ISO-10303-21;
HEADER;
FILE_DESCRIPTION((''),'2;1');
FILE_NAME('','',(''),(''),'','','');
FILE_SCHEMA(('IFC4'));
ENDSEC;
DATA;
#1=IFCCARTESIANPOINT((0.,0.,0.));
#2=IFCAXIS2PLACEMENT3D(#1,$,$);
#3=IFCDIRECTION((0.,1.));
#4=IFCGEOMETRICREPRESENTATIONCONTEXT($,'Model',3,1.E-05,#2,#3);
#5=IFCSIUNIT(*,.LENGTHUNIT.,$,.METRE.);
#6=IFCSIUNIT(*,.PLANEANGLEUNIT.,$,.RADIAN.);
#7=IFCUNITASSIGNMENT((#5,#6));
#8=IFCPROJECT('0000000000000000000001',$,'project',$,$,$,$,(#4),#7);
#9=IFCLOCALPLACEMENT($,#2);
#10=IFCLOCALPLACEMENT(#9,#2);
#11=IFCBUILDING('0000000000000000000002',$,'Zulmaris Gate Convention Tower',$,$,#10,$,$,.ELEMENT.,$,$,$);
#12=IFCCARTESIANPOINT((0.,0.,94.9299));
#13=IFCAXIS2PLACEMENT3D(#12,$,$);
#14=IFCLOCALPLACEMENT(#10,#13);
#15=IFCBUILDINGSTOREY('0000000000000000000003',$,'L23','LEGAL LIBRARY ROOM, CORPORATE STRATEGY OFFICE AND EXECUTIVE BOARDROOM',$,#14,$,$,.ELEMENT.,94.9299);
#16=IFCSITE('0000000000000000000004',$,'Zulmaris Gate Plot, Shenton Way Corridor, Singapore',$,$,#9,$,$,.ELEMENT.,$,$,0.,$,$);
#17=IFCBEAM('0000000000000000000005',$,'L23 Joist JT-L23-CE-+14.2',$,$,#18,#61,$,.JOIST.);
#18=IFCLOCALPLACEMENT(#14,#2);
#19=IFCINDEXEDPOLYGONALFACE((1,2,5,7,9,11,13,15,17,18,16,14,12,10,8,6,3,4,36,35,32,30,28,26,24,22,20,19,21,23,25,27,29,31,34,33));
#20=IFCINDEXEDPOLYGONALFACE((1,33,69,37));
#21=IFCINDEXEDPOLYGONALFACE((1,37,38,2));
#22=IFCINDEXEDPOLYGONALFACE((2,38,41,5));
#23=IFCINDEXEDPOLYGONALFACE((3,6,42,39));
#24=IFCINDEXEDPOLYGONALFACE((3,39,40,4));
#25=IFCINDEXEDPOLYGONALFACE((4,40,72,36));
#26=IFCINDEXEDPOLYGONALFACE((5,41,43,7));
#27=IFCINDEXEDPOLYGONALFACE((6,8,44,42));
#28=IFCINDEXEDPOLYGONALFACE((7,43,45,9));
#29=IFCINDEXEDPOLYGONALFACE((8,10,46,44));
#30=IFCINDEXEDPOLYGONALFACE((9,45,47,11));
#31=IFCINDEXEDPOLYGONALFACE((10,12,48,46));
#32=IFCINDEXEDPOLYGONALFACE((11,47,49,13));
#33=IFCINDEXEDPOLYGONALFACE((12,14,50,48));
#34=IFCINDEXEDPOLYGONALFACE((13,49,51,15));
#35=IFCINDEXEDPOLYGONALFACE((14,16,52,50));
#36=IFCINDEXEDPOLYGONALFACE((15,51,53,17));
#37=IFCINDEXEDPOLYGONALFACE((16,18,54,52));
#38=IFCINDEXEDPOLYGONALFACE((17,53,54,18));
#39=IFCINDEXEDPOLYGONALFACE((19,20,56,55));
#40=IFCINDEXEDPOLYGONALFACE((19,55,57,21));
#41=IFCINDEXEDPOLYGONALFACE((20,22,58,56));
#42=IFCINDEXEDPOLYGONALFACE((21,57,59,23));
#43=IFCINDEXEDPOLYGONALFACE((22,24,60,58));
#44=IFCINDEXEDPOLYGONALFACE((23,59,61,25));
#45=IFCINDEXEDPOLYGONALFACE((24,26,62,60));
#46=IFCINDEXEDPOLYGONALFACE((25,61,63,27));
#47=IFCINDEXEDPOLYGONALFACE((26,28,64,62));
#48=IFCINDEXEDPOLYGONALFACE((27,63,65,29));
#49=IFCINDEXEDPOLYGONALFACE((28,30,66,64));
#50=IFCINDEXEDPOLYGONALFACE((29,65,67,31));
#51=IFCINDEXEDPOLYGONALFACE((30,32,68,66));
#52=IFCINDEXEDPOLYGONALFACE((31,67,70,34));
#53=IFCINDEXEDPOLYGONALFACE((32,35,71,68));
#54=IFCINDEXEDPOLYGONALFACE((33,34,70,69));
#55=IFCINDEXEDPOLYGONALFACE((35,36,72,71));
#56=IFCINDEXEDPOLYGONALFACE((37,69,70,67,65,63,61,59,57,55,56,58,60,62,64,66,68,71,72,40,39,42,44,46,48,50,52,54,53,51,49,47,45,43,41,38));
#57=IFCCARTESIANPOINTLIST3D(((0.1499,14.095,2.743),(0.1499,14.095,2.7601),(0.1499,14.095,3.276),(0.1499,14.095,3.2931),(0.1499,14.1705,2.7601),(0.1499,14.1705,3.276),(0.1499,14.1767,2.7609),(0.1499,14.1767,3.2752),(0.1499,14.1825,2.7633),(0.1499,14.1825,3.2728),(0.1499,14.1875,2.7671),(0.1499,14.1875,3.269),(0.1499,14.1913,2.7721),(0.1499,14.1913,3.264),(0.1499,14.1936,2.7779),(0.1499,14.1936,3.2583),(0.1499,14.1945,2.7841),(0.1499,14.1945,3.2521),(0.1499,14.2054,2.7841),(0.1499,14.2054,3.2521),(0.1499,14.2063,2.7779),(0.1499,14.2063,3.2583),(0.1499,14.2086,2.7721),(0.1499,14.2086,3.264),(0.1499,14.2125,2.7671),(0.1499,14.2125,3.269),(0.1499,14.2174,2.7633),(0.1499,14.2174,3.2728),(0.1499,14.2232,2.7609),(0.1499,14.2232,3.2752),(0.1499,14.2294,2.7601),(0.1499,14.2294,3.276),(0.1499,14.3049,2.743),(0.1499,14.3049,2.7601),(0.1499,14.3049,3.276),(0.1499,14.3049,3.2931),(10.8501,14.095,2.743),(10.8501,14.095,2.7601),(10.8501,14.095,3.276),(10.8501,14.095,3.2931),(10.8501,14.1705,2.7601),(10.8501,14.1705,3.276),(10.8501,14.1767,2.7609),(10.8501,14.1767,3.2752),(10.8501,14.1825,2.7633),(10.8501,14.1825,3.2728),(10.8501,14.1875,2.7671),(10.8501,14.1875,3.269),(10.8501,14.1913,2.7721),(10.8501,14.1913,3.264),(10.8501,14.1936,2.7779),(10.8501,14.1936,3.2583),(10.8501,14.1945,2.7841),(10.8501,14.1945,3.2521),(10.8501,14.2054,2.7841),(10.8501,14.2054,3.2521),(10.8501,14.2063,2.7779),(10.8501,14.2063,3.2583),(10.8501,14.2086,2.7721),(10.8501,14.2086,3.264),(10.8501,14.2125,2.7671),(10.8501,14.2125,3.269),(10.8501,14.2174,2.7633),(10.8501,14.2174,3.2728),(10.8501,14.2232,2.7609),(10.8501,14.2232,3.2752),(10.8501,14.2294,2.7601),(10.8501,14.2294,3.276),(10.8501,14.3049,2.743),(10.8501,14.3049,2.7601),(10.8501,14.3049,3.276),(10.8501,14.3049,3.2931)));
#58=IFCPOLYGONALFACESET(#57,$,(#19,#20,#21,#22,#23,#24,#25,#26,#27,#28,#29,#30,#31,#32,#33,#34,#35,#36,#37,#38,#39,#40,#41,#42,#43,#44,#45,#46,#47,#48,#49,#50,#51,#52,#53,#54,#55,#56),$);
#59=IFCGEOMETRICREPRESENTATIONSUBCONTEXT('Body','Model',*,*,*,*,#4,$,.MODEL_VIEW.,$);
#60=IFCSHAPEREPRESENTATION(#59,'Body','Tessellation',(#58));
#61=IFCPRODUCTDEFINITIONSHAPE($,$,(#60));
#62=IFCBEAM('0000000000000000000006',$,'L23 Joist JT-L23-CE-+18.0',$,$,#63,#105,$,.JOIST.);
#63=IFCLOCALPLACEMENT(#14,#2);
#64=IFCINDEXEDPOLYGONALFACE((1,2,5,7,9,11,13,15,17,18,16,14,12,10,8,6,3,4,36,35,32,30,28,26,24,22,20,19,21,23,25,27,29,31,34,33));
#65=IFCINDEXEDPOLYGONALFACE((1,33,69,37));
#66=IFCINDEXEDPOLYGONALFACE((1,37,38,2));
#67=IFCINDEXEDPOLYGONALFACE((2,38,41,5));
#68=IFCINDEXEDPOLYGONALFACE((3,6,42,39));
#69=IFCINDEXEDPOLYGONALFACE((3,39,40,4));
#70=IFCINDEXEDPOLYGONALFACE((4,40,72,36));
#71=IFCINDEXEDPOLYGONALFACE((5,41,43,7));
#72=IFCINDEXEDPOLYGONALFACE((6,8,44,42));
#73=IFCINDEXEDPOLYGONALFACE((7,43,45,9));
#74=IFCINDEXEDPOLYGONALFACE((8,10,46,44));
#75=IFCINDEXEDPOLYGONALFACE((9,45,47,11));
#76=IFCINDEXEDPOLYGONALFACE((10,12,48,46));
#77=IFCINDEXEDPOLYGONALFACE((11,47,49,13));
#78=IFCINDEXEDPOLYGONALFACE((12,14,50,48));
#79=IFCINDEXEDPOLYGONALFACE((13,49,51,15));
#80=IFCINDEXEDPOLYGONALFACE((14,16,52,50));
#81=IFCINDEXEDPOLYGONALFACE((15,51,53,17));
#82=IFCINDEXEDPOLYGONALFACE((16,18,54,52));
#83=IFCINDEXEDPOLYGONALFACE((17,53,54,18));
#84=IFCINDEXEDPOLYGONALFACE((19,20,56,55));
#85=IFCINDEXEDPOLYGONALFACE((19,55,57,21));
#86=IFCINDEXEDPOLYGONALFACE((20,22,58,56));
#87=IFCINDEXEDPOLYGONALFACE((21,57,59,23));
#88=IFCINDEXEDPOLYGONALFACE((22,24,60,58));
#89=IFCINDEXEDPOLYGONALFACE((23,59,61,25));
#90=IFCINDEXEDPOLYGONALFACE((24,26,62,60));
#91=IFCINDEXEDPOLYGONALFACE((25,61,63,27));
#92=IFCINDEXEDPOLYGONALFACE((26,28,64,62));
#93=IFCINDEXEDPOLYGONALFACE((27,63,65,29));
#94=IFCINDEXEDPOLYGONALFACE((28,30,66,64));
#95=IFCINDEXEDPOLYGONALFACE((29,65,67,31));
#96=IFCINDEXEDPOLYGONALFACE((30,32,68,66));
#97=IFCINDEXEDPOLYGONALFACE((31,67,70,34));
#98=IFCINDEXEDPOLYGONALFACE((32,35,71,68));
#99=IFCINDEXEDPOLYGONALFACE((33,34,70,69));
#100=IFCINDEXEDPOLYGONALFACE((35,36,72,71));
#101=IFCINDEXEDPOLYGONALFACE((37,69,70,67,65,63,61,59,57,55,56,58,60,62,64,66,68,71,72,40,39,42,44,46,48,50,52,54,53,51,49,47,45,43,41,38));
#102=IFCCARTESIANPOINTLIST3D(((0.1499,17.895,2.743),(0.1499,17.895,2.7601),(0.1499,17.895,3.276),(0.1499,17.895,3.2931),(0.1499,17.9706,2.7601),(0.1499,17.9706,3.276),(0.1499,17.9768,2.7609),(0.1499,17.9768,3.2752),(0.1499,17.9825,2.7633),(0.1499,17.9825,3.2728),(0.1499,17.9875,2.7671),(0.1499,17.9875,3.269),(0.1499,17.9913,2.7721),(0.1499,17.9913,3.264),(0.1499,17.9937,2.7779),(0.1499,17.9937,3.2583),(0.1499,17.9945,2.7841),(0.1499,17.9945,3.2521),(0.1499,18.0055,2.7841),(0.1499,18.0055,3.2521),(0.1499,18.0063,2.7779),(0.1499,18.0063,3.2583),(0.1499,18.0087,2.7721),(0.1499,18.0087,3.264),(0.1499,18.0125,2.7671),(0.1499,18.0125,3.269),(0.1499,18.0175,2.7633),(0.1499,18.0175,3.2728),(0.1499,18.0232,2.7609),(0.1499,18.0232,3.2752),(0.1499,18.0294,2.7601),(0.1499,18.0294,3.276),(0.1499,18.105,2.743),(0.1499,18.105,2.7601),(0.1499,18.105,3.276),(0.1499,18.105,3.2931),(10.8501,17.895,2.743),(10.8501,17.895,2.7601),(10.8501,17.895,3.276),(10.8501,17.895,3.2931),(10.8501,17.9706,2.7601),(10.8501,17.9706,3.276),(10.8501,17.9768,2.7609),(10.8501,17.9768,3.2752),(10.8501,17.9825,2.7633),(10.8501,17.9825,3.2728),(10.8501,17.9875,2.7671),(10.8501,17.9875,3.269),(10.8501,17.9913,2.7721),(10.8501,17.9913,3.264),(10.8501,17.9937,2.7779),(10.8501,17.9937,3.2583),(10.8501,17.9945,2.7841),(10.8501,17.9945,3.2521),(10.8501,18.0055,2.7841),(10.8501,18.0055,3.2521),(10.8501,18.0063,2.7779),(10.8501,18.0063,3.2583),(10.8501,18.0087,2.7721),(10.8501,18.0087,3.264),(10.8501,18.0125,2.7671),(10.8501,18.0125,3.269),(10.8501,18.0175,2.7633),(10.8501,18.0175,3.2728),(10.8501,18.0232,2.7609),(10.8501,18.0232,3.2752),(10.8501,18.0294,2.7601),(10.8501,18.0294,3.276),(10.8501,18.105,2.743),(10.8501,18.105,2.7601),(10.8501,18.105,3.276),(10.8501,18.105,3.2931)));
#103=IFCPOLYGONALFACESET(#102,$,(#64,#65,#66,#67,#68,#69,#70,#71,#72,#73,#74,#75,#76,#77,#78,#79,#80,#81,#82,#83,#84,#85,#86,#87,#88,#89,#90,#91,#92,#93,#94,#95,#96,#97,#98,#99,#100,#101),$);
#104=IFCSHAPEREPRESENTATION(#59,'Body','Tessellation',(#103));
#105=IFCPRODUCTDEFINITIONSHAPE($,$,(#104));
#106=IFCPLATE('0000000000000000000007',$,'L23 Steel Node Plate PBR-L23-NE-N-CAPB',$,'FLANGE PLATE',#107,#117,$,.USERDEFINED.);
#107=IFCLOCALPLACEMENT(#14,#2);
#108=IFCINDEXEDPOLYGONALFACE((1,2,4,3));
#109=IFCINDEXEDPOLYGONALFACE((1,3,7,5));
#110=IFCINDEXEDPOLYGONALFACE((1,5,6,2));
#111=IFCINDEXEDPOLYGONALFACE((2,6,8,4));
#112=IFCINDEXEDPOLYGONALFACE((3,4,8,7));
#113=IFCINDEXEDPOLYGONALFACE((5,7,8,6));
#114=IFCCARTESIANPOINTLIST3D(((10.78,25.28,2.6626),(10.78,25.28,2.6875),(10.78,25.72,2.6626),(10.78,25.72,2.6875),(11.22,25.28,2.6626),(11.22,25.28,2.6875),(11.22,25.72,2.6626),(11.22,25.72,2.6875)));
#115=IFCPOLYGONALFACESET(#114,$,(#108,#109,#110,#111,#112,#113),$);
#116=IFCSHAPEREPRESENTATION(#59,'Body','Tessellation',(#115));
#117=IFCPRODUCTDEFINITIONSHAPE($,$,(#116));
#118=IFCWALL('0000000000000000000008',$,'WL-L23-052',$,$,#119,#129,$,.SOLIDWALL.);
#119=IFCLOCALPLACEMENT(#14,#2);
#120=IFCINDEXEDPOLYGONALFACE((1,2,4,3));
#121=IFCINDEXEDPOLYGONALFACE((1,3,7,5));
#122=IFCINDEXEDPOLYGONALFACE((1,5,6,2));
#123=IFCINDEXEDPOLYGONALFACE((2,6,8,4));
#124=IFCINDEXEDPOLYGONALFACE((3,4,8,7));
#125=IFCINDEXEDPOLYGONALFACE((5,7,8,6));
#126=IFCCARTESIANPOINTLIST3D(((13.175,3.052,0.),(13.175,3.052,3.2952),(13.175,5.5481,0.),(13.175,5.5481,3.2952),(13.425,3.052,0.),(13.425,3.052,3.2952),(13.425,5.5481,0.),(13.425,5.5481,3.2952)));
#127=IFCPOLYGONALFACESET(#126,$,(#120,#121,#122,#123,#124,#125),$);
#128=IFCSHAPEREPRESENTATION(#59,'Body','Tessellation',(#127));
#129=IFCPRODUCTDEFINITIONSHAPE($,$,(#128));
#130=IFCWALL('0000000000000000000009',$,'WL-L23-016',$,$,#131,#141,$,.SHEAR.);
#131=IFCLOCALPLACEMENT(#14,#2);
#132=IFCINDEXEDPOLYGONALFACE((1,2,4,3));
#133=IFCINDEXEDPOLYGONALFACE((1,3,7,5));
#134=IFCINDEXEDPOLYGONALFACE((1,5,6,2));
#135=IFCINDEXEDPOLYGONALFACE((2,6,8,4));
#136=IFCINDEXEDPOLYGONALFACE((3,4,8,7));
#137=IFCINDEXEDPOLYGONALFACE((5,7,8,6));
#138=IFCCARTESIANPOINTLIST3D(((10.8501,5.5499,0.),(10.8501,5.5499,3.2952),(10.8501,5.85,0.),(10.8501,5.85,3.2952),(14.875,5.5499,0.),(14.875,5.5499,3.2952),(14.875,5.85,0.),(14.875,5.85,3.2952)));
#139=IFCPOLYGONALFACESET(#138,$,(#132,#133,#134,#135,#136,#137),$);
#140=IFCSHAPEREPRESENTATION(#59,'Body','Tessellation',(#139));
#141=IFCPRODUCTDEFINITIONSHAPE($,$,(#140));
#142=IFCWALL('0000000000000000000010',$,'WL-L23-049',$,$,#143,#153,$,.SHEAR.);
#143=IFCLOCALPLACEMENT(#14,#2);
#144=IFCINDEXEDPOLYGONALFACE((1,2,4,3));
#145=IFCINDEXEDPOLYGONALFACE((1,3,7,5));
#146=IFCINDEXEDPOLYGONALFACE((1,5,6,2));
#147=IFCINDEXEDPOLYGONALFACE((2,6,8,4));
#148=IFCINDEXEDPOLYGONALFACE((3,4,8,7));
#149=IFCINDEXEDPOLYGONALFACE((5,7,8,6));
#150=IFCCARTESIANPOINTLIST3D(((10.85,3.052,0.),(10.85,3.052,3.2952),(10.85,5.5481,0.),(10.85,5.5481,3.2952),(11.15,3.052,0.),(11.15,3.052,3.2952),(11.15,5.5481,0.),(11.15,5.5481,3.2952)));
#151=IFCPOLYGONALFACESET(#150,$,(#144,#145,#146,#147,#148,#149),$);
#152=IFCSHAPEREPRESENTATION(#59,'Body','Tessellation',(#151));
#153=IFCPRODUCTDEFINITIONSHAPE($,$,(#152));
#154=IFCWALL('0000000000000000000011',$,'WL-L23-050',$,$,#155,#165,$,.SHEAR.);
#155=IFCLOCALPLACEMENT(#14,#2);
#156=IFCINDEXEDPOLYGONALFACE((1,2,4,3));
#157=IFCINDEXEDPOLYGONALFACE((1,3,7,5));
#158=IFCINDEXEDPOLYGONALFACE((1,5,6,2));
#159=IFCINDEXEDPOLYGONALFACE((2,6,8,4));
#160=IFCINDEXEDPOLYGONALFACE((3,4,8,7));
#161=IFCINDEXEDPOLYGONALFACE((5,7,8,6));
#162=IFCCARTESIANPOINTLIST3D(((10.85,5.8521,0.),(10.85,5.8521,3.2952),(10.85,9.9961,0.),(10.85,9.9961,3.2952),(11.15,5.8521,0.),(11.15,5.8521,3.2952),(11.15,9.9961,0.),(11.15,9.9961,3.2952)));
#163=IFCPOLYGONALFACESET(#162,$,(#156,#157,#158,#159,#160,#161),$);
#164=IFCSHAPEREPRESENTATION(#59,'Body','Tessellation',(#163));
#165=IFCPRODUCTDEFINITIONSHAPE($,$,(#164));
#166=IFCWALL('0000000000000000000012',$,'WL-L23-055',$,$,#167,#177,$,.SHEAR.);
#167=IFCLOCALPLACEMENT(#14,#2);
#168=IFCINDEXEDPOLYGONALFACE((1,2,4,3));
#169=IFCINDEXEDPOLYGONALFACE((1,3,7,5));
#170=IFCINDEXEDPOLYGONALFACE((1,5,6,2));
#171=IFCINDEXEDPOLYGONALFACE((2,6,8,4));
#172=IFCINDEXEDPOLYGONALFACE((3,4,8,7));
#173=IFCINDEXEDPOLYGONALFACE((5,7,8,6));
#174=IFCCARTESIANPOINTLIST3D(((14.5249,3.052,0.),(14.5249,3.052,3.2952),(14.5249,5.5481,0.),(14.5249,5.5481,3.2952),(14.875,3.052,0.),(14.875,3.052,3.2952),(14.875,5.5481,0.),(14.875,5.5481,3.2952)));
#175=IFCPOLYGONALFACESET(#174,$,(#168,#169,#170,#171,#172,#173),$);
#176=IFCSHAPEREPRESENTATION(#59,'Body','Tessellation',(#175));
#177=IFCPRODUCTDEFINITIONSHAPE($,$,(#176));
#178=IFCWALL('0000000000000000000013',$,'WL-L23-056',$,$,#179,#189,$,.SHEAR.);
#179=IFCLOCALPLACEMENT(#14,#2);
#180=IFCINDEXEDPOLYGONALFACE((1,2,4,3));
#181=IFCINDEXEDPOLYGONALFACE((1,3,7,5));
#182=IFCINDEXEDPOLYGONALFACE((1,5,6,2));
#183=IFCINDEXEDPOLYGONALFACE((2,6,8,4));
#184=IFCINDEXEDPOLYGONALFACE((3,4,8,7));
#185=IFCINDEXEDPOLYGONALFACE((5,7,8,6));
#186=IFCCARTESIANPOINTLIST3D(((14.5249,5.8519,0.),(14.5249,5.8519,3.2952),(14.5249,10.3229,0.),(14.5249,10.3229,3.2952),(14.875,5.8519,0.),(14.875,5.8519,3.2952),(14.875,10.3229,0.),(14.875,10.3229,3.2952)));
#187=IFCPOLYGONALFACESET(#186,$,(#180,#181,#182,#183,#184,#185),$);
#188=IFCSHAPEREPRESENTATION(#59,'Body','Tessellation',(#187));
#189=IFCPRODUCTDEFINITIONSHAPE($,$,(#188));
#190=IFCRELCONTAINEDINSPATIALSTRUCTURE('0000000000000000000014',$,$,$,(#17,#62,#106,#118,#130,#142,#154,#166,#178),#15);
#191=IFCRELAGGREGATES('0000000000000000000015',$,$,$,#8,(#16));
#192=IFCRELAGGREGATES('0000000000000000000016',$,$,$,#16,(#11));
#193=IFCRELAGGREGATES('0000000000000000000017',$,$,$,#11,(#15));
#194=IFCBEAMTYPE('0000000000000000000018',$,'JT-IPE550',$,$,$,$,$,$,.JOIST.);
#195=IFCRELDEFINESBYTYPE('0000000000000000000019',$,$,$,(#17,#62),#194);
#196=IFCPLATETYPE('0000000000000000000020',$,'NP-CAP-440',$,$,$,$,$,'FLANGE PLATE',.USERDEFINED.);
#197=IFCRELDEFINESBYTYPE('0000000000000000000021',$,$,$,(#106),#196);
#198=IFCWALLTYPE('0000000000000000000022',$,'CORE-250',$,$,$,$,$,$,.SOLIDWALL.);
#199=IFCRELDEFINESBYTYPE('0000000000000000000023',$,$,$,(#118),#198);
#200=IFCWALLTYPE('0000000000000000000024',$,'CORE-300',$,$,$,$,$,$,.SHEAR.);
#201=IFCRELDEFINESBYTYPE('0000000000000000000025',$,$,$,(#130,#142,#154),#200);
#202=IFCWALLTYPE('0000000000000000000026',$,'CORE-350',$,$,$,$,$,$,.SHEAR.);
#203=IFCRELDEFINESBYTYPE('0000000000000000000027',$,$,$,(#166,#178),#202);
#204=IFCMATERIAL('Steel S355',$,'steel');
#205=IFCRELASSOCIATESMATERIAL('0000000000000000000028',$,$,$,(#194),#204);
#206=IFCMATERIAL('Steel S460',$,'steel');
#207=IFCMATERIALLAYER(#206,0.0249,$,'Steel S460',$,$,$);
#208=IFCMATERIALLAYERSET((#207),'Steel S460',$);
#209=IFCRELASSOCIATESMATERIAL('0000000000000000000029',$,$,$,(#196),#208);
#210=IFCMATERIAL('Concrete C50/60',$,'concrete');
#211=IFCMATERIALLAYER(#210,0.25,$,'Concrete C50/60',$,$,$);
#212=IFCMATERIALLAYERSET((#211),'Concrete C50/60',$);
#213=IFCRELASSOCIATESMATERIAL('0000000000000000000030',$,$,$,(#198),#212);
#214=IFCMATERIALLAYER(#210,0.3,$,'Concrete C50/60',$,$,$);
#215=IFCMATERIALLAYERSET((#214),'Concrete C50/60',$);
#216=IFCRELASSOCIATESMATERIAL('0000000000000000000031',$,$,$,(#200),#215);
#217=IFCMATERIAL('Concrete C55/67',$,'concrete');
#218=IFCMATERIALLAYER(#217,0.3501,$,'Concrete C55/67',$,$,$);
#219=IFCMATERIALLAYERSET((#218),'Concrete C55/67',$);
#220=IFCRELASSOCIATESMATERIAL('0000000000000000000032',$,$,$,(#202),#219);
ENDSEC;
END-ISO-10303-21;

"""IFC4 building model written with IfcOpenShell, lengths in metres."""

from ifc_helpers import new_model, si_unit, direction, frame, frame_2d, origin, origin_2d, place, context, subcontext, project, spatial, rectangle, i_section, extrude, material, layer, layer_set, material_profile, profile_set, type_object, element, save


model = new_model("IFC4")

# Units and contexts
model_context = context("Model", 3, precision=1e-05, world=origin(), true_north=direction((0.0, 1.0)))
body_context = subcontext(model_context, "Body", "Model", "MODEL_VIEW")
ifc_project = project(units=[si_unit("LENGTHUNIT", "METRE"), si_unit("PLANEANGLEUNIT", "RADIAN")], contexts=[model_context])

# Site, building, storey
site_placement = place(None, origin())
site = spatial("IfcSite", under=ifc_project, at=site_placement, Name="Zulmaris Gate Plot, Shenton Way Corridor, Singapore", CompositionType="ELEMENT", RefElevation=0.0)
building_placement = place(site_placement, origin())
building = spatial("IfcBuilding", under=site, at=building_placement, Name="Zulmaris Gate Convention Tower", CompositionType="ELEMENT")
storey_placement = place(building_placement, frame((0.0, 0.0, 94.9299)))
storey = spatial("IfcBuildingStorey", under=building, at=storey_placement, Name="L23", Description="LEGAL LIBRARY ROOM, CORPORATE STRATEGY OFFICE AND EXECUTIVE BOARDROOM", CompositionType="ELEMENT", Elevation=94.9299)

# Beams
ifc_material_1 = material(Name="Steel S355", Category="steel")
ifc_material_profile_1 = material_profile(ifc_material_1, i_section(OverallWidth=0.21, OverallDepth=0.55, WebThickness=0.011, FlangeThickness=0.0171, FilletRadius=0.0239, at=origin_2d()), Name="IPE 550")
ifc_profile_set_1 = profile_set([ifc_material_profile_1], Name="Steel S355")
beam_type_1 = type_object("IfcBeamType", Name="JT-IPE550", PredefinedType="JOIST", material=ifc_profile_set_1)
for number, where, z_axis, x_axis, name in (
    (1, (0.1499, 14.2, 3.0181), (1.0, 0.0, 0.0), (0.0, 1.0, 0.0), "L23 Joist JT-L23-CE-+14.2"),
    (2, (0.1499, 18.0, 3.0181), (1.0, 0.0, 0.0), (0.0, 1.0, 0.0), "L23 Joist JT-L23-CE-+18.0"),
):
    element("IfcBeam", number, at=place(storey_placement, frame(where, z_axis=z_axis, x_axis=x_axis)), inside=storey, type_object=beam_type_1, Name=name, PredefinedType="JOIST", context=body_context, shape_type="SweptSolid", body=[
        extrude(i_section(OverallWidth=0.21, OverallDepth=0.55, WebThickness=0.011, FlangeThickness=0.0171, FilletRadius=0.0239, at=origin_2d()), origin(), (0.0, 0.0, 1.0), 10.7002),
    ])

# Plate
ifc_material_2 = material(Name="Steel S460", Category="steel")
ifc_layer_1 = layer(ifc_material_2, 0.0249, Name="Steel S460")
ifc_layer_set_1 = layer_set([ifc_layer_1], Name="Steel S460")
plate_type = type_object("IfcPlateType", Name="NP-CAP-440", ElementType="FLANGE PLATE", PredefinedType="USERDEFINED", material=ifc_layer_set_1)
plate_placement = place(storey_placement, frame((11.0, 25.5, 2.6626), z_axis=(0.0, 0.0, 1.0), x_axis=(1.0, 0.0, 0.0)))
element("IfcPlate", 3, at=plate_placement, inside=storey, type_object=plate_type, Name="L23 Steel Node Plate PBR-L23-NE-N-CAPB", ObjectType="FLANGE PLATE", PredefinedType="USERDEFINED", context=body_context, shape_type="SweptSolid", body=[
    extrude(rectangle(XDim=0.4399, YDim=0.4399, at=origin_2d()), origin(), (0.0, 0.0, 1.0), 0.0249),
])

# Walls
ifc_material_3 = material(Name="Concrete C50/60", Category="concrete")
ifc_layer_2 = layer(ifc_material_3, 0.25, Name="Concrete C50/60")
ifc_layer_set_2 = layer_set([ifc_layer_2], Name="Concrete C50/60")
wall_type_1 = type_object("IfcWallType", Name="CORE-250", PredefinedType="SOLIDWALL", material=ifc_layer_set_2)
wall_1_placement = place(storey_placement, frame((13.3, 3.052, 0.0), z_axis=(0.0, 0.0, 1.0), x_axis=(0.0, 1.0, 0.0)))
element("IfcWall", 4, at=wall_1_placement, inside=storey, type_object=wall_type_1, Name="WL-L23-052", PredefinedType="SOLIDWALL", context=body_context, shape_type="SweptSolid", body=[
    extrude(rectangle(XDim=2.4961, YDim=0.25, at=frame_2d((1.248, 0.0))), origin(), (0.0, 0.0, 1.0), 3.2952),
])
ifc_layer_3 = layer(ifc_material_3, 0.3, Name="Concrete C50/60")
ifc_layer_set_3 = layer_set([ifc_layer_3], Name="Concrete C50/60")
wall_type_2 = type_object("IfcWallType", Name="CORE-300", PredefinedType="SHEAR", material=ifc_layer_set_3)
wall_2_placement = place(storey_placement, frame((10.8501, 5.7, 0.0), z_axis=(0.0, 0.0, 1.0), x_axis=(1.0, 0.0, 0.0)))
element("IfcWall", 5, at=wall_2_placement, inside=storey, type_object=wall_type_2, Name="WL-L23-016", PredefinedType="SHEAR", context=body_context, shape_type="SweptSolid", body=[
    extrude(rectangle(XDim=4.0249, YDim=0.3, at=frame_2d((2.0125, 0.0))), origin(), (0.0, 0.0, 1.0), 3.2952),
])

# Walls
wall_3_placement = place(storey_placement, frame((11.0, 3.052, 0.0), z_axis=(0.0, 0.0, 1.0), x_axis=(0.0, 1.0, 0.0)))
element("IfcWall", 6, at=wall_3_placement, inside=storey, type_object=wall_type_2, Name="WL-L23-049", PredefinedType="SHEAR", context=body_context, shape_type="SweptSolid", body=[
    extrude(rectangle(XDim=2.4961, YDim=0.3, at=frame_2d((1.248, 0.0))), origin(), (0.0, 0.0, 1.0), 3.2952),
])
wall_4_placement = place(storey_placement, frame((11.0, 5.8521, 0.0), z_axis=(0.0, 0.0, 1.0), x_axis=(0.0, 1.0, 0.0)))
element("IfcWall", 7, at=wall_4_placement, inside=storey, type_object=wall_type_2, Name="WL-L23-050", PredefinedType="SHEAR", context=body_context, shape_type="SweptSolid", body=[
    extrude(rectangle(XDim=4.144, YDim=0.3, at=frame_2d((2.072, 0.0))), origin(), (0.0, 0.0, 1.0), 3.2952),
])

# Shared definitions
ifc_material_4 = material(Name="Concrete C55/67", Category="concrete")
ifc_layer_4 = layer(ifc_material_4, 0.3501, Name="Concrete C55/67")
ifc_layer_set_4 = layer_set([ifc_layer_4], Name="Concrete C55/67")
wall_type_3 = type_object("IfcWallType", Name="CORE-350", PredefinedType="SHEAR", material=ifc_layer_set_4)

# Walls
wall_5_placement = place(storey_placement, frame((14.7, 3.052, 0.0), z_axis=(0.0, 0.0, 1.0), x_axis=(0.0, 1.0, 0.0)))
element("IfcWall", 8, at=wall_5_placement, inside=storey, type_object=wall_type_3, Name="WL-L23-055", PredefinedType="SHEAR", context=body_context, shape_type="SweptSolid", body=[
    extrude(rectangle(XDim=2.4961, YDim=0.3501, at=frame_2d((1.248, 0.0))), origin(), (0.0, 0.0, 1.0), 3.2952),
])
wall_6_placement = place(storey_placement, frame((14.7, 5.8521, 0.0), z_axis=(0.0, 0.0, 1.0), x_axis=(0.0, 1.0, 0.0)))
element("IfcWall", 9, at=wall_6_placement, inside=storey, type_object=wall_type_3, Name="WL-L23-056", PredefinedType="SHEAR", context=body_context, shape_type="SweptSolid", body=[
    extrude(rectangle(XDim=4.4709, YDim=0.3501, at=frame_2d((2.2354, 0.0))), origin(), (0.0, 0.0, 1.0), 3.2952),
])

save(model, "model.ifc")
